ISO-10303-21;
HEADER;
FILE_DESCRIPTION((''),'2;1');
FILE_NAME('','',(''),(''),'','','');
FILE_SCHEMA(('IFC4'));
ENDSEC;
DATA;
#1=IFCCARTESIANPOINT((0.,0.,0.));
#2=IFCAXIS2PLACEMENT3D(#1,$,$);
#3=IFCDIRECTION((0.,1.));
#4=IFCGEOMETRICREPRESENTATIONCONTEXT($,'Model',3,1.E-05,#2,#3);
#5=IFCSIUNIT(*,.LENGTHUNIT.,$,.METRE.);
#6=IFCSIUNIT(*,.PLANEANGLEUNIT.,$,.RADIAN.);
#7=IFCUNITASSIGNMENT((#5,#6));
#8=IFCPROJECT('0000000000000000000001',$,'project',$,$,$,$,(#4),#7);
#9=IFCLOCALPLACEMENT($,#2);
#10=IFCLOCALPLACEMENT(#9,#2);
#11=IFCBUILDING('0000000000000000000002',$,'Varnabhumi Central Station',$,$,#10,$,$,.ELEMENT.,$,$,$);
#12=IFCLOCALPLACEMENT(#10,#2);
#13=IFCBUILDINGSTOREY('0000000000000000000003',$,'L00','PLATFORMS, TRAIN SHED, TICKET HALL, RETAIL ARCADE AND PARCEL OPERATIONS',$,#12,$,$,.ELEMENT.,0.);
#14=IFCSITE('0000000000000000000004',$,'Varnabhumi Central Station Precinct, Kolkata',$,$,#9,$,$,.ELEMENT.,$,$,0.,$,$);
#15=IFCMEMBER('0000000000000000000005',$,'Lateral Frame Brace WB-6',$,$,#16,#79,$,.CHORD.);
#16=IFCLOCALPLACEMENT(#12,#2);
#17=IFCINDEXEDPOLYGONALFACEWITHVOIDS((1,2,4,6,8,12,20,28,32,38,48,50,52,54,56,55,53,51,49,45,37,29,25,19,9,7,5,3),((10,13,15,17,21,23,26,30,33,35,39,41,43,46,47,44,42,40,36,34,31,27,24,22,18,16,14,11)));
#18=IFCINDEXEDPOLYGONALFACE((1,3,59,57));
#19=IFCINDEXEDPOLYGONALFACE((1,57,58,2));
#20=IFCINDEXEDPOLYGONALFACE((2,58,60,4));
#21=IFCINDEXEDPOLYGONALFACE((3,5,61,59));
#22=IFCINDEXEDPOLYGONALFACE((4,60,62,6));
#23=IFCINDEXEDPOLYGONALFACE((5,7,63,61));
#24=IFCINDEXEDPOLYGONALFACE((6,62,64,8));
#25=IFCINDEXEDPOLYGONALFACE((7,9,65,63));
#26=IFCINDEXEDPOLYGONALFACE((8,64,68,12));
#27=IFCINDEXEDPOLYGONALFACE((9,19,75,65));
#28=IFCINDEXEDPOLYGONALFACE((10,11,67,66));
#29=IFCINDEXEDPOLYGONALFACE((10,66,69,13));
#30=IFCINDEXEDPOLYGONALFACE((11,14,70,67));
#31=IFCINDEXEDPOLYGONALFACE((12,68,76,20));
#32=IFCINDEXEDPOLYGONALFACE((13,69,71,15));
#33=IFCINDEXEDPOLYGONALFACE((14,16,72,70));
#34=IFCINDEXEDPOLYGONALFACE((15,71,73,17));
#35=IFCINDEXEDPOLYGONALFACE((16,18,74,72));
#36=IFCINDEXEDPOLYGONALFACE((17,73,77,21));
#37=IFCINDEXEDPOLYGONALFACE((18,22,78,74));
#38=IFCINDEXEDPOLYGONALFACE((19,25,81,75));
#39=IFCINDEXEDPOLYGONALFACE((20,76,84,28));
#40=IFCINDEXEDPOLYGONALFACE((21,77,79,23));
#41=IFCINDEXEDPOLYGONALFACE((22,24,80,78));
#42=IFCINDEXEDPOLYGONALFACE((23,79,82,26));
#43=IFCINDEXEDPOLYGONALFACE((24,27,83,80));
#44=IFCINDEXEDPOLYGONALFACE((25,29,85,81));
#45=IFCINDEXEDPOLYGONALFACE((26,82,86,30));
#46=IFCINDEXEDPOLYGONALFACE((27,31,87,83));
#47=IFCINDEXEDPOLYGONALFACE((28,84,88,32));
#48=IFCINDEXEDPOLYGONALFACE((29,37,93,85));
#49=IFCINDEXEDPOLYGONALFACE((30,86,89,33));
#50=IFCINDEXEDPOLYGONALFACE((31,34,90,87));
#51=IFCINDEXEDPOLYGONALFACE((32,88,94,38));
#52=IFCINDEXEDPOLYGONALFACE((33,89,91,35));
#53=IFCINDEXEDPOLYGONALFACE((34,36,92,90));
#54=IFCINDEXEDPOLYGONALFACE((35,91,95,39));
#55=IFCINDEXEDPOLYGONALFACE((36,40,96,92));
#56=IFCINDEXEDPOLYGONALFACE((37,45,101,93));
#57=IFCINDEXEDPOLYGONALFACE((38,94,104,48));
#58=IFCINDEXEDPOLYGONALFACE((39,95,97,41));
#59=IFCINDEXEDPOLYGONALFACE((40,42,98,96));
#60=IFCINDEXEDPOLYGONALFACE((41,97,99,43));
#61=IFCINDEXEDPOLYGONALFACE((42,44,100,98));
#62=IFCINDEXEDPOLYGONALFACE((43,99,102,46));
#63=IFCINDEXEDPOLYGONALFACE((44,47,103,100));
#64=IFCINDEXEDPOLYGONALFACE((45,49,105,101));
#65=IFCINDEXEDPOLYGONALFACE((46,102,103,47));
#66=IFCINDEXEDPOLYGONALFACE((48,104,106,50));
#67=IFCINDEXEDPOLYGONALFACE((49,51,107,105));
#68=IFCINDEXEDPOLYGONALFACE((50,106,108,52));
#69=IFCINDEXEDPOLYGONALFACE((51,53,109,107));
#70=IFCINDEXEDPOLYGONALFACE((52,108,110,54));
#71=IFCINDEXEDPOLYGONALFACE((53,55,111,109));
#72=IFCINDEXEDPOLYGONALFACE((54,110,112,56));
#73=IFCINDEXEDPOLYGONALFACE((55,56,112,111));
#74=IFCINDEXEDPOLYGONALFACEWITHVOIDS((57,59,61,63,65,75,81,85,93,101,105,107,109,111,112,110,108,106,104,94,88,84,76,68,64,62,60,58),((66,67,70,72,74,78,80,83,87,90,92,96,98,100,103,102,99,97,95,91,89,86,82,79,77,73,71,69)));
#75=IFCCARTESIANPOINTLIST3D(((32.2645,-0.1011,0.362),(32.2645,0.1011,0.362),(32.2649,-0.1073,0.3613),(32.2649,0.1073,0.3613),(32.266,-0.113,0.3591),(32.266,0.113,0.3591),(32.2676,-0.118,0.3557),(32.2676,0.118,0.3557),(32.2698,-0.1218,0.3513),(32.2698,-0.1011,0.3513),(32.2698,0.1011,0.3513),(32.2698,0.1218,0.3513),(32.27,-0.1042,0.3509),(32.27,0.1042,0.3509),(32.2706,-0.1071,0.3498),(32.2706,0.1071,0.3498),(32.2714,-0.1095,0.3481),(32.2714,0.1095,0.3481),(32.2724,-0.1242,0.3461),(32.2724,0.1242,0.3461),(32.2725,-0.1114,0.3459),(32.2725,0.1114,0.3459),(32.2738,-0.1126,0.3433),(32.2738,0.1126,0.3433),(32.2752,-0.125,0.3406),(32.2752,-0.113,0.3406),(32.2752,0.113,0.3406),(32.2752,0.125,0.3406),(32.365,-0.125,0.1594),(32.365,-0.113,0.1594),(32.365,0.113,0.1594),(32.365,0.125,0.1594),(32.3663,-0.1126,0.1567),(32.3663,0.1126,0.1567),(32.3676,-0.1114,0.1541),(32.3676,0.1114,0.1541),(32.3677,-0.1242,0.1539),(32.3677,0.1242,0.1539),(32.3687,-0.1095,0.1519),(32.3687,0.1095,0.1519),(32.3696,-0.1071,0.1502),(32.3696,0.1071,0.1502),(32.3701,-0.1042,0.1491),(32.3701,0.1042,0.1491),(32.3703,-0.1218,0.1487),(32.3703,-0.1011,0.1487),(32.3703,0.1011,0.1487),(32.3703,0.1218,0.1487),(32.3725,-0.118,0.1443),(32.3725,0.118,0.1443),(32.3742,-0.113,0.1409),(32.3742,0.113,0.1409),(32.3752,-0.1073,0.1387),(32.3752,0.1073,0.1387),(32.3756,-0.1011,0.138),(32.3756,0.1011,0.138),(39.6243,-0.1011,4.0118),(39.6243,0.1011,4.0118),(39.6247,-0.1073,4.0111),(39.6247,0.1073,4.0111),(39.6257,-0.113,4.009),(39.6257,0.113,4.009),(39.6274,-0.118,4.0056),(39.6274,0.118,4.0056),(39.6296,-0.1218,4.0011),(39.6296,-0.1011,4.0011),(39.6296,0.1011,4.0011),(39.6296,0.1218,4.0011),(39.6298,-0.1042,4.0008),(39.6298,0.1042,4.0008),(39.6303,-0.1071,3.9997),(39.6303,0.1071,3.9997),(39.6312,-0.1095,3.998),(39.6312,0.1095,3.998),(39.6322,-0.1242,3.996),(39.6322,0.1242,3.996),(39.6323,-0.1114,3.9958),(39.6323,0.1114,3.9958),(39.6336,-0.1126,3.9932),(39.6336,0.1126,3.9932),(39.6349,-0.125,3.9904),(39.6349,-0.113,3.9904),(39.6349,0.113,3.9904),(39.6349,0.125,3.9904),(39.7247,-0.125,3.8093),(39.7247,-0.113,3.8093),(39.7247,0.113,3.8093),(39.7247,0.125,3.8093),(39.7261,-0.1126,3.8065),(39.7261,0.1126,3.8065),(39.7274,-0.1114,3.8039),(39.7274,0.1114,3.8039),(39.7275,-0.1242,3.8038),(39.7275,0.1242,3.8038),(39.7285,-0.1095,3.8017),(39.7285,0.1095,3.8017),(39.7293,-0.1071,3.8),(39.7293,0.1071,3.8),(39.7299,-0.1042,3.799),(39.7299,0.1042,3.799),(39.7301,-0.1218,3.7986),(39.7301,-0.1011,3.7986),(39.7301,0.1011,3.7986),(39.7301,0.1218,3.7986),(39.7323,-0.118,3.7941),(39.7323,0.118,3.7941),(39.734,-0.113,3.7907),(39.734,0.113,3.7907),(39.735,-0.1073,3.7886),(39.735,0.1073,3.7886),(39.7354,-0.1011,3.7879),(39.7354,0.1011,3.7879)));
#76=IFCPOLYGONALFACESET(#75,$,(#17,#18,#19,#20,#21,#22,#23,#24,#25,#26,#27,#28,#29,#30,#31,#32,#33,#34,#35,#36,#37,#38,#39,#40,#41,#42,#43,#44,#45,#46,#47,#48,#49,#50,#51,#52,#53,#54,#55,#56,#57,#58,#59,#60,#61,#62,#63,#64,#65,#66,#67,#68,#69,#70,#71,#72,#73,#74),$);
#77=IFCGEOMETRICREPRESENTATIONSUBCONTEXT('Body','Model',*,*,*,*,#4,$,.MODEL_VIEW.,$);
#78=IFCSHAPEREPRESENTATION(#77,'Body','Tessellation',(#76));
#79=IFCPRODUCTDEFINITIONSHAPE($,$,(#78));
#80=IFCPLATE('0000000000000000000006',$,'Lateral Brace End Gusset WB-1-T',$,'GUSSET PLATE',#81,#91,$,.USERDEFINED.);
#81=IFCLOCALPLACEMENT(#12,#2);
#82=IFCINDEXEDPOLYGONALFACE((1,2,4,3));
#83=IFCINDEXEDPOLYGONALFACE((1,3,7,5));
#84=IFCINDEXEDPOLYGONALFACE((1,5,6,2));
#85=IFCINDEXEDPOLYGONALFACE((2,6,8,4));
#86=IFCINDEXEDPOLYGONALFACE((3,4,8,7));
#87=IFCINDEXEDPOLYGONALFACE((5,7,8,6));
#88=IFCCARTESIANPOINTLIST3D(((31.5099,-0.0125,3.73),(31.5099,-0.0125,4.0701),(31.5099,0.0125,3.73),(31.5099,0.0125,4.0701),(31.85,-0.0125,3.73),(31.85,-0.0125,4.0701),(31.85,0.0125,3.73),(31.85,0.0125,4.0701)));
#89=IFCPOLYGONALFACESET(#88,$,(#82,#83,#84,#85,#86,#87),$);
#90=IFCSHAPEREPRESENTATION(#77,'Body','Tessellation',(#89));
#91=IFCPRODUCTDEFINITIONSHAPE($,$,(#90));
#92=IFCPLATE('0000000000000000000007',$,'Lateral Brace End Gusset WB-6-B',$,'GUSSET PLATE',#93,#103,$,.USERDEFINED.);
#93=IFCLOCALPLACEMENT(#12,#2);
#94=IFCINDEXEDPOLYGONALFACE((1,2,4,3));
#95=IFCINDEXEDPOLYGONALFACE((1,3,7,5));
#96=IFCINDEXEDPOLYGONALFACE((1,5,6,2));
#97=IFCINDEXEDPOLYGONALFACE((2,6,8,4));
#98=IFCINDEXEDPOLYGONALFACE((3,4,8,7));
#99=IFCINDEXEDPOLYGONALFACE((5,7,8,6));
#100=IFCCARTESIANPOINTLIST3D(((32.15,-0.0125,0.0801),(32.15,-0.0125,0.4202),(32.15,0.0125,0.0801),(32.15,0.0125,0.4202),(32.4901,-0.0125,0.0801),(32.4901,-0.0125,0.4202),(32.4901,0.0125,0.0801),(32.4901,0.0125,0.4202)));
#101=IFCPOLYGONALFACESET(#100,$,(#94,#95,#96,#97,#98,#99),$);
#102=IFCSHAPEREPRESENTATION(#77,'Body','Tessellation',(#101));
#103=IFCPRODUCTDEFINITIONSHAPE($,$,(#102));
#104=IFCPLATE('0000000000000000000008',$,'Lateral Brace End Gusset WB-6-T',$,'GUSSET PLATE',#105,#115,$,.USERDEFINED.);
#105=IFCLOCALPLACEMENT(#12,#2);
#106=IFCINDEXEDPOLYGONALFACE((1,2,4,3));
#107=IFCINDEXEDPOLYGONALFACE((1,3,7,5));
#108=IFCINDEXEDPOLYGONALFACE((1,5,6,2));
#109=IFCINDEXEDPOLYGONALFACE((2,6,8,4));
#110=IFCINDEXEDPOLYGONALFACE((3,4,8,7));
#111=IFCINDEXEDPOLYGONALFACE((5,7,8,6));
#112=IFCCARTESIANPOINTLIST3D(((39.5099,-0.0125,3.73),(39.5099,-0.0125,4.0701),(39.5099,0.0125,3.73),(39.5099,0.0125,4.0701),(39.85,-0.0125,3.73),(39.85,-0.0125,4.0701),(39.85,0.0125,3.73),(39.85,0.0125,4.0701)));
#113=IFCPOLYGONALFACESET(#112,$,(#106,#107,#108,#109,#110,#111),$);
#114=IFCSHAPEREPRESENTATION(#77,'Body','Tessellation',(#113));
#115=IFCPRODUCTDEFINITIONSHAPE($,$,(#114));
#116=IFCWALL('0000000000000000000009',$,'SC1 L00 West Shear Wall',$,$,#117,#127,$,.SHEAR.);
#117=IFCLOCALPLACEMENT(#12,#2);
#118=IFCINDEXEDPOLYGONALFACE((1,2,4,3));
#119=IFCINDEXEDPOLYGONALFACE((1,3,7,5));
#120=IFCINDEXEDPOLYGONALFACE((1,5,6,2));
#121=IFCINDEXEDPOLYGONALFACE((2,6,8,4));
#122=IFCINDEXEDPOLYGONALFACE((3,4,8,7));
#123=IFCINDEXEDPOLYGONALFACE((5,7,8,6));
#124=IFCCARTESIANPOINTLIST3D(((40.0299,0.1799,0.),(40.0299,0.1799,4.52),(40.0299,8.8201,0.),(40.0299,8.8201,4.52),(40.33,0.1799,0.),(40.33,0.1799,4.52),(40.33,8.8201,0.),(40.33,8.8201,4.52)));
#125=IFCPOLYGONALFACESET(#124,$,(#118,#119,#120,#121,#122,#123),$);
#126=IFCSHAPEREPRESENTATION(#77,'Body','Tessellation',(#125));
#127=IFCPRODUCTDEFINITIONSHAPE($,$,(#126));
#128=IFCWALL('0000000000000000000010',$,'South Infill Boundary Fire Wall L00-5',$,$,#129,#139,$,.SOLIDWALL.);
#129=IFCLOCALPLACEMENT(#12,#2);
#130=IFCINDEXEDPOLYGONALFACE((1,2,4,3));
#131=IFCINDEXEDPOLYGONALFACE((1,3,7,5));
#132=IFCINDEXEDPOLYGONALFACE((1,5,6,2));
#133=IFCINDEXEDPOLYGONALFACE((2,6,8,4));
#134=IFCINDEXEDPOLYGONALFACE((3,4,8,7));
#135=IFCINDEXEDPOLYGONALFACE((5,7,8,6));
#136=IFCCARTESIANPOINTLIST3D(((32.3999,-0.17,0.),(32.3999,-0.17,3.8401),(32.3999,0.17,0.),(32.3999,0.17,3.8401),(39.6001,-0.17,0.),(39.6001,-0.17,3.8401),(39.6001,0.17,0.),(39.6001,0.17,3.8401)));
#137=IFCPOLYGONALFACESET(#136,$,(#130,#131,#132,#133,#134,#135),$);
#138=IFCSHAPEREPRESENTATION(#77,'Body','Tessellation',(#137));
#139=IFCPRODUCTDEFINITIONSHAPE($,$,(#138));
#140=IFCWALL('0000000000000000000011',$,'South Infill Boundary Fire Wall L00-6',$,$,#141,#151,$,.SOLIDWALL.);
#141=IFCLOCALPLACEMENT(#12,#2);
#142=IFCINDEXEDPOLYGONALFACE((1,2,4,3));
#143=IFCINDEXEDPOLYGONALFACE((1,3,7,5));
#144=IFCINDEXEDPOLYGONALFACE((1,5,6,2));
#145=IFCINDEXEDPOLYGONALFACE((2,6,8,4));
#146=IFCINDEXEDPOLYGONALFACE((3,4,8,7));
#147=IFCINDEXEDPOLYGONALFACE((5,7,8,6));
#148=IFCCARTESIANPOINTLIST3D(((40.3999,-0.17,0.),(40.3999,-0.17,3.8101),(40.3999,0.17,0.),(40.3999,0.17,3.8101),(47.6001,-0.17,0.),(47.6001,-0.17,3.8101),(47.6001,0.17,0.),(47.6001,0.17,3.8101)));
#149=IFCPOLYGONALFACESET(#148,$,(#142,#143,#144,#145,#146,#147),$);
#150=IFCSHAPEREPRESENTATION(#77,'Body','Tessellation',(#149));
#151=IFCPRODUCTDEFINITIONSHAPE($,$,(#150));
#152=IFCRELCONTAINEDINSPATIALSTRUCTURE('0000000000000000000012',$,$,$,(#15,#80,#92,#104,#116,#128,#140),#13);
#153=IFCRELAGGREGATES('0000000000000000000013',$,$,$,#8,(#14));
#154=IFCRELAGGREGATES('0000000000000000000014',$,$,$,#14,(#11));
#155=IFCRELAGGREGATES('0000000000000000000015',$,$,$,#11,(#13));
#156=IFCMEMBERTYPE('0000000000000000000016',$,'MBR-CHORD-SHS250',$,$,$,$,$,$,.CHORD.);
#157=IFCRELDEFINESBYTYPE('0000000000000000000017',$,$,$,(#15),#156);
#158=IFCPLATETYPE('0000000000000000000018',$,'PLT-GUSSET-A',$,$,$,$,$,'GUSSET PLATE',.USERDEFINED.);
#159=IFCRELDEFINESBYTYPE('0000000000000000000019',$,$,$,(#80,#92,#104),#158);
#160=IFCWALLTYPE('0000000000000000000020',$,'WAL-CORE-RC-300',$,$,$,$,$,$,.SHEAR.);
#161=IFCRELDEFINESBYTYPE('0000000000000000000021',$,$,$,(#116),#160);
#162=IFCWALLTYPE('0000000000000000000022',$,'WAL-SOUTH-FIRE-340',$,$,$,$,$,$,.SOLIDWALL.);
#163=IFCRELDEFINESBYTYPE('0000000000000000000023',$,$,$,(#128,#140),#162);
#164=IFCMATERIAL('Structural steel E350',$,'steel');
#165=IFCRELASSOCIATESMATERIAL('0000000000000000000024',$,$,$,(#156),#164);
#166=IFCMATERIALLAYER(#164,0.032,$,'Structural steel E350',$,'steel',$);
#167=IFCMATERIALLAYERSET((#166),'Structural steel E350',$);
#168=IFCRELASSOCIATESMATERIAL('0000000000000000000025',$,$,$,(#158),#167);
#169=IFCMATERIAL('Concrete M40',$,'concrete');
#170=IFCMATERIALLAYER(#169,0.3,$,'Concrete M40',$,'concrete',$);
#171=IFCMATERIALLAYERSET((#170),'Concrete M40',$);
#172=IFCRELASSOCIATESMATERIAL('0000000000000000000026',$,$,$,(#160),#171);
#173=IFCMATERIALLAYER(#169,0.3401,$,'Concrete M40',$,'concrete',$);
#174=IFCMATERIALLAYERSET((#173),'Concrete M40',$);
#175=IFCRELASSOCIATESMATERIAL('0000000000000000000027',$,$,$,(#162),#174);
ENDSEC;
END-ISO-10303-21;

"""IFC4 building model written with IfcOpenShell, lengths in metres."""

from ifc_helpers import new_model, si_unit, direction, frame, frame_2d, origin, origin_2d, place, context, subcontext, project, spatial, rectangle, hollow_rectangle, extrude, material, layer, layer_set, material_profile, profile_set, type_object, element, save


model = new_model("IFC4")

# Units and contexts
model_context = context("Model", 3, precision=1e-05, world=origin(), true_north=direction((0.0, 1.0)))
body_context = subcontext(model_context, "Body", "Model", "MODEL_VIEW")
ifc_project = project(units=[si_unit("LENGTHUNIT", "METRE"), si_unit("PLANEANGLEUNIT", "RADIAN")], contexts=[model_context])

# Site, building, storey
site_placement = place(None, origin())
site = spatial("IfcSite", under=ifc_project, at=site_placement, Name="Varnabhumi Central Station Precinct, Kolkata", CompositionType="ELEMENT", RefElevation=0.0)
building_placement = place(site_placement, origin())
building = spatial("IfcBuilding", under=site, at=building_placement, Name="Varnabhumi Central Station", CompositionType="ELEMENT")
storey_placement = place(building_placement, origin())
storey = spatial("IfcBuildingStorey", under=building, at=storey_placement, Name="L00", Description="PLATFORMS, TRAIN SHED, TICKET HALL, RETAIL ARCADE AND PARCEL OPERATIONS", CompositionType="ELEMENT", Elevation=0.0)

# Shared definitions
ifc_material_1 = material(Name="Concrete M40", Category="concrete")

# Member
ifc_material_2 = material(Name="Structural steel E350", Category="steel")
ifc_material_profile_1 = material_profile(ifc_material_2, hollow_rectangle(XDim=0.25, YDim=0.25, WallThickness=0.012, InnerFilletRadius=0.012, OuterFilletRadius=0.0239, at=origin_2d()), Name="Structural steel E350", Category="steel")
ifc_profile_set_1 = profile_set([ifc_material_profile_1], Name="Structural steel E350")
member_type = type_object("IfcMemberType", Name="MBR-CHORD-SHS250", PredefinedType="CHORD", material=ifc_profile_set_1)
member_placement = place(storey_placement, frame((32.3201, 0.0, 0.25), z_axis=(0.895885, 0.0, 0.444287), x_axis=(0.0, 1.0, 0.0)))
element("IfcMember", 1, at=member_placement, inside=storey, type_object=member_type, Name="Lateral Frame Brace WB-6", PredefinedType="CHORD", context=body_context, shape_type="SweptSolid", body=[
    extrude(hollow_rectangle(XDim=0.25, YDim=0.25, WallThickness=0.012, InnerFilletRadius=0.012, OuterFilletRadius=0.0239, at=origin_2d()), origin(), (0.0, 0.0, 1.0), 8.2151),
])

# Plates
ifc_layer_1 = layer(ifc_material_2, 0.032, Name="Structural steel E350", Category="steel")
ifc_layer_set_1 = layer_set([ifc_layer_1], Name="Structural steel E350")
plate_type = type_object("IfcPlateType", Name="PLT-GUSSET-A", ElementType="GUSSET PLATE", PredefinedType="USERDEFINED", material=ifc_layer_set_1)
for number, where, z_axis, x_axis, name in (
    (2, (31.6799, 0.0, 3.73), (0.0, 0.0, 1.0), (1.0, 0.0, 0.0), "Lateral Brace End Gusset WB-1-T"),
    (3, (32.3201, 0.0, 0.0801), (0.0, 0.0, 1.0), (1.0, 0.0, 0.0), "Lateral Brace End Gusset WB-6-B"),
    (4, (39.6799, 0.0, 3.73), (0.0, 0.0, 1.0), (1.0, 0.0, 0.0), "Lateral Brace End Gusset WB-6-T"),
):
    element("IfcPlate", number, at=place(storey_placement, frame(where, z_axis=z_axis, x_axis=x_axis)), inside=storey, type_object=plate_type, Name=name, ObjectType="GUSSET PLATE", PredefinedType="USERDEFINED", context=body_context, shape_type="SweptSolid", body=[
        extrude(rectangle(XDim=0.3401, YDim=0.0249, at=origin_2d()), origin(), (0.0, 0.0, 1.0), 0.3401),
    ])

# Walls
ifc_layer_2 = layer(ifc_material_1, 0.3, Name="Concrete M40", Category="concrete")
ifc_layer_set_2 = layer_set([ifc_layer_2], Name="Concrete M40")
wall_type_1 = type_object("IfcWallType", Name="WAL-CORE-RC-300", PredefinedType="SHEAR", material=ifc_layer_set_2)
wall_1_placement = place(storey_placement, frame((40.1799, 0.1799, 0.0), z_axis=(0.0, 0.0, 1.0), x_axis=(0.0, 1.0, 0.0)))
element("IfcWall", 5, at=wall_1_placement, inside=storey, type_object=wall_type_1, Name="SC1 L00 West Shear Wall", PredefinedType="SHEAR", context=body_context, shape_type="SweptSolid", body=[
    extrude(rectangle(XDim=8.6401, YDim=0.3, at=frame_2d((4.3201, 0.0))), origin(), (0.0, 0.0, 1.0), 4.52),
])
ifc_layer_3 = layer(ifc_material_1, 0.3401, Name="Concrete M40", Category="concrete")
ifc_layer_set_3 = layer_set([ifc_layer_3], Name="Concrete M40")
wall_type_2 = type_object("IfcWallType", Name="WAL-SOUTH-FIRE-340", PredefinedType="SOLIDWALL", material=ifc_layer_set_3)
wall_2_placement = place(storey_placement, frame((32.3999, 0.0, 0.0), z_axis=(0.0, 0.0, 1.0), x_axis=(1.0, 0.0, 0.0)))
element("IfcWall", 6, at=wall_2_placement, inside=storey, type_object=wall_type_2, Name="South Infill Boundary Fire Wall L00-5", PredefinedType="SOLIDWALL", context=body_context, shape_type="SweptSolid", body=[
    extrude(rectangle(XDim=7.2002, YDim=0.3401, at=frame_2d((3.6001, 0.0))), origin(), (0.0, 0.0, 1.0), 3.8401),
])
wall_3_placement = place(storey_placement, frame((40.3999, 0.0, 0.0), z_axis=(0.0, 0.0, 1.0), x_axis=(1.0, 0.0, 0.0)))
element("IfcWall", 7, at=wall_3_placement, inside=storey, type_object=wall_type_2, Name="South Infill Boundary Fire Wall L00-6", PredefinedType="SOLIDWALL", context=body_context, shape_type="SweptSolid", body=[
    extrude(rectangle(XDim=7.2002, YDim=0.3401, at=frame_2d((3.6001, 0.0))), origin(), (0.0, 0.0, 1.0), 3.8101),
])

save(model, "model.ifc")
